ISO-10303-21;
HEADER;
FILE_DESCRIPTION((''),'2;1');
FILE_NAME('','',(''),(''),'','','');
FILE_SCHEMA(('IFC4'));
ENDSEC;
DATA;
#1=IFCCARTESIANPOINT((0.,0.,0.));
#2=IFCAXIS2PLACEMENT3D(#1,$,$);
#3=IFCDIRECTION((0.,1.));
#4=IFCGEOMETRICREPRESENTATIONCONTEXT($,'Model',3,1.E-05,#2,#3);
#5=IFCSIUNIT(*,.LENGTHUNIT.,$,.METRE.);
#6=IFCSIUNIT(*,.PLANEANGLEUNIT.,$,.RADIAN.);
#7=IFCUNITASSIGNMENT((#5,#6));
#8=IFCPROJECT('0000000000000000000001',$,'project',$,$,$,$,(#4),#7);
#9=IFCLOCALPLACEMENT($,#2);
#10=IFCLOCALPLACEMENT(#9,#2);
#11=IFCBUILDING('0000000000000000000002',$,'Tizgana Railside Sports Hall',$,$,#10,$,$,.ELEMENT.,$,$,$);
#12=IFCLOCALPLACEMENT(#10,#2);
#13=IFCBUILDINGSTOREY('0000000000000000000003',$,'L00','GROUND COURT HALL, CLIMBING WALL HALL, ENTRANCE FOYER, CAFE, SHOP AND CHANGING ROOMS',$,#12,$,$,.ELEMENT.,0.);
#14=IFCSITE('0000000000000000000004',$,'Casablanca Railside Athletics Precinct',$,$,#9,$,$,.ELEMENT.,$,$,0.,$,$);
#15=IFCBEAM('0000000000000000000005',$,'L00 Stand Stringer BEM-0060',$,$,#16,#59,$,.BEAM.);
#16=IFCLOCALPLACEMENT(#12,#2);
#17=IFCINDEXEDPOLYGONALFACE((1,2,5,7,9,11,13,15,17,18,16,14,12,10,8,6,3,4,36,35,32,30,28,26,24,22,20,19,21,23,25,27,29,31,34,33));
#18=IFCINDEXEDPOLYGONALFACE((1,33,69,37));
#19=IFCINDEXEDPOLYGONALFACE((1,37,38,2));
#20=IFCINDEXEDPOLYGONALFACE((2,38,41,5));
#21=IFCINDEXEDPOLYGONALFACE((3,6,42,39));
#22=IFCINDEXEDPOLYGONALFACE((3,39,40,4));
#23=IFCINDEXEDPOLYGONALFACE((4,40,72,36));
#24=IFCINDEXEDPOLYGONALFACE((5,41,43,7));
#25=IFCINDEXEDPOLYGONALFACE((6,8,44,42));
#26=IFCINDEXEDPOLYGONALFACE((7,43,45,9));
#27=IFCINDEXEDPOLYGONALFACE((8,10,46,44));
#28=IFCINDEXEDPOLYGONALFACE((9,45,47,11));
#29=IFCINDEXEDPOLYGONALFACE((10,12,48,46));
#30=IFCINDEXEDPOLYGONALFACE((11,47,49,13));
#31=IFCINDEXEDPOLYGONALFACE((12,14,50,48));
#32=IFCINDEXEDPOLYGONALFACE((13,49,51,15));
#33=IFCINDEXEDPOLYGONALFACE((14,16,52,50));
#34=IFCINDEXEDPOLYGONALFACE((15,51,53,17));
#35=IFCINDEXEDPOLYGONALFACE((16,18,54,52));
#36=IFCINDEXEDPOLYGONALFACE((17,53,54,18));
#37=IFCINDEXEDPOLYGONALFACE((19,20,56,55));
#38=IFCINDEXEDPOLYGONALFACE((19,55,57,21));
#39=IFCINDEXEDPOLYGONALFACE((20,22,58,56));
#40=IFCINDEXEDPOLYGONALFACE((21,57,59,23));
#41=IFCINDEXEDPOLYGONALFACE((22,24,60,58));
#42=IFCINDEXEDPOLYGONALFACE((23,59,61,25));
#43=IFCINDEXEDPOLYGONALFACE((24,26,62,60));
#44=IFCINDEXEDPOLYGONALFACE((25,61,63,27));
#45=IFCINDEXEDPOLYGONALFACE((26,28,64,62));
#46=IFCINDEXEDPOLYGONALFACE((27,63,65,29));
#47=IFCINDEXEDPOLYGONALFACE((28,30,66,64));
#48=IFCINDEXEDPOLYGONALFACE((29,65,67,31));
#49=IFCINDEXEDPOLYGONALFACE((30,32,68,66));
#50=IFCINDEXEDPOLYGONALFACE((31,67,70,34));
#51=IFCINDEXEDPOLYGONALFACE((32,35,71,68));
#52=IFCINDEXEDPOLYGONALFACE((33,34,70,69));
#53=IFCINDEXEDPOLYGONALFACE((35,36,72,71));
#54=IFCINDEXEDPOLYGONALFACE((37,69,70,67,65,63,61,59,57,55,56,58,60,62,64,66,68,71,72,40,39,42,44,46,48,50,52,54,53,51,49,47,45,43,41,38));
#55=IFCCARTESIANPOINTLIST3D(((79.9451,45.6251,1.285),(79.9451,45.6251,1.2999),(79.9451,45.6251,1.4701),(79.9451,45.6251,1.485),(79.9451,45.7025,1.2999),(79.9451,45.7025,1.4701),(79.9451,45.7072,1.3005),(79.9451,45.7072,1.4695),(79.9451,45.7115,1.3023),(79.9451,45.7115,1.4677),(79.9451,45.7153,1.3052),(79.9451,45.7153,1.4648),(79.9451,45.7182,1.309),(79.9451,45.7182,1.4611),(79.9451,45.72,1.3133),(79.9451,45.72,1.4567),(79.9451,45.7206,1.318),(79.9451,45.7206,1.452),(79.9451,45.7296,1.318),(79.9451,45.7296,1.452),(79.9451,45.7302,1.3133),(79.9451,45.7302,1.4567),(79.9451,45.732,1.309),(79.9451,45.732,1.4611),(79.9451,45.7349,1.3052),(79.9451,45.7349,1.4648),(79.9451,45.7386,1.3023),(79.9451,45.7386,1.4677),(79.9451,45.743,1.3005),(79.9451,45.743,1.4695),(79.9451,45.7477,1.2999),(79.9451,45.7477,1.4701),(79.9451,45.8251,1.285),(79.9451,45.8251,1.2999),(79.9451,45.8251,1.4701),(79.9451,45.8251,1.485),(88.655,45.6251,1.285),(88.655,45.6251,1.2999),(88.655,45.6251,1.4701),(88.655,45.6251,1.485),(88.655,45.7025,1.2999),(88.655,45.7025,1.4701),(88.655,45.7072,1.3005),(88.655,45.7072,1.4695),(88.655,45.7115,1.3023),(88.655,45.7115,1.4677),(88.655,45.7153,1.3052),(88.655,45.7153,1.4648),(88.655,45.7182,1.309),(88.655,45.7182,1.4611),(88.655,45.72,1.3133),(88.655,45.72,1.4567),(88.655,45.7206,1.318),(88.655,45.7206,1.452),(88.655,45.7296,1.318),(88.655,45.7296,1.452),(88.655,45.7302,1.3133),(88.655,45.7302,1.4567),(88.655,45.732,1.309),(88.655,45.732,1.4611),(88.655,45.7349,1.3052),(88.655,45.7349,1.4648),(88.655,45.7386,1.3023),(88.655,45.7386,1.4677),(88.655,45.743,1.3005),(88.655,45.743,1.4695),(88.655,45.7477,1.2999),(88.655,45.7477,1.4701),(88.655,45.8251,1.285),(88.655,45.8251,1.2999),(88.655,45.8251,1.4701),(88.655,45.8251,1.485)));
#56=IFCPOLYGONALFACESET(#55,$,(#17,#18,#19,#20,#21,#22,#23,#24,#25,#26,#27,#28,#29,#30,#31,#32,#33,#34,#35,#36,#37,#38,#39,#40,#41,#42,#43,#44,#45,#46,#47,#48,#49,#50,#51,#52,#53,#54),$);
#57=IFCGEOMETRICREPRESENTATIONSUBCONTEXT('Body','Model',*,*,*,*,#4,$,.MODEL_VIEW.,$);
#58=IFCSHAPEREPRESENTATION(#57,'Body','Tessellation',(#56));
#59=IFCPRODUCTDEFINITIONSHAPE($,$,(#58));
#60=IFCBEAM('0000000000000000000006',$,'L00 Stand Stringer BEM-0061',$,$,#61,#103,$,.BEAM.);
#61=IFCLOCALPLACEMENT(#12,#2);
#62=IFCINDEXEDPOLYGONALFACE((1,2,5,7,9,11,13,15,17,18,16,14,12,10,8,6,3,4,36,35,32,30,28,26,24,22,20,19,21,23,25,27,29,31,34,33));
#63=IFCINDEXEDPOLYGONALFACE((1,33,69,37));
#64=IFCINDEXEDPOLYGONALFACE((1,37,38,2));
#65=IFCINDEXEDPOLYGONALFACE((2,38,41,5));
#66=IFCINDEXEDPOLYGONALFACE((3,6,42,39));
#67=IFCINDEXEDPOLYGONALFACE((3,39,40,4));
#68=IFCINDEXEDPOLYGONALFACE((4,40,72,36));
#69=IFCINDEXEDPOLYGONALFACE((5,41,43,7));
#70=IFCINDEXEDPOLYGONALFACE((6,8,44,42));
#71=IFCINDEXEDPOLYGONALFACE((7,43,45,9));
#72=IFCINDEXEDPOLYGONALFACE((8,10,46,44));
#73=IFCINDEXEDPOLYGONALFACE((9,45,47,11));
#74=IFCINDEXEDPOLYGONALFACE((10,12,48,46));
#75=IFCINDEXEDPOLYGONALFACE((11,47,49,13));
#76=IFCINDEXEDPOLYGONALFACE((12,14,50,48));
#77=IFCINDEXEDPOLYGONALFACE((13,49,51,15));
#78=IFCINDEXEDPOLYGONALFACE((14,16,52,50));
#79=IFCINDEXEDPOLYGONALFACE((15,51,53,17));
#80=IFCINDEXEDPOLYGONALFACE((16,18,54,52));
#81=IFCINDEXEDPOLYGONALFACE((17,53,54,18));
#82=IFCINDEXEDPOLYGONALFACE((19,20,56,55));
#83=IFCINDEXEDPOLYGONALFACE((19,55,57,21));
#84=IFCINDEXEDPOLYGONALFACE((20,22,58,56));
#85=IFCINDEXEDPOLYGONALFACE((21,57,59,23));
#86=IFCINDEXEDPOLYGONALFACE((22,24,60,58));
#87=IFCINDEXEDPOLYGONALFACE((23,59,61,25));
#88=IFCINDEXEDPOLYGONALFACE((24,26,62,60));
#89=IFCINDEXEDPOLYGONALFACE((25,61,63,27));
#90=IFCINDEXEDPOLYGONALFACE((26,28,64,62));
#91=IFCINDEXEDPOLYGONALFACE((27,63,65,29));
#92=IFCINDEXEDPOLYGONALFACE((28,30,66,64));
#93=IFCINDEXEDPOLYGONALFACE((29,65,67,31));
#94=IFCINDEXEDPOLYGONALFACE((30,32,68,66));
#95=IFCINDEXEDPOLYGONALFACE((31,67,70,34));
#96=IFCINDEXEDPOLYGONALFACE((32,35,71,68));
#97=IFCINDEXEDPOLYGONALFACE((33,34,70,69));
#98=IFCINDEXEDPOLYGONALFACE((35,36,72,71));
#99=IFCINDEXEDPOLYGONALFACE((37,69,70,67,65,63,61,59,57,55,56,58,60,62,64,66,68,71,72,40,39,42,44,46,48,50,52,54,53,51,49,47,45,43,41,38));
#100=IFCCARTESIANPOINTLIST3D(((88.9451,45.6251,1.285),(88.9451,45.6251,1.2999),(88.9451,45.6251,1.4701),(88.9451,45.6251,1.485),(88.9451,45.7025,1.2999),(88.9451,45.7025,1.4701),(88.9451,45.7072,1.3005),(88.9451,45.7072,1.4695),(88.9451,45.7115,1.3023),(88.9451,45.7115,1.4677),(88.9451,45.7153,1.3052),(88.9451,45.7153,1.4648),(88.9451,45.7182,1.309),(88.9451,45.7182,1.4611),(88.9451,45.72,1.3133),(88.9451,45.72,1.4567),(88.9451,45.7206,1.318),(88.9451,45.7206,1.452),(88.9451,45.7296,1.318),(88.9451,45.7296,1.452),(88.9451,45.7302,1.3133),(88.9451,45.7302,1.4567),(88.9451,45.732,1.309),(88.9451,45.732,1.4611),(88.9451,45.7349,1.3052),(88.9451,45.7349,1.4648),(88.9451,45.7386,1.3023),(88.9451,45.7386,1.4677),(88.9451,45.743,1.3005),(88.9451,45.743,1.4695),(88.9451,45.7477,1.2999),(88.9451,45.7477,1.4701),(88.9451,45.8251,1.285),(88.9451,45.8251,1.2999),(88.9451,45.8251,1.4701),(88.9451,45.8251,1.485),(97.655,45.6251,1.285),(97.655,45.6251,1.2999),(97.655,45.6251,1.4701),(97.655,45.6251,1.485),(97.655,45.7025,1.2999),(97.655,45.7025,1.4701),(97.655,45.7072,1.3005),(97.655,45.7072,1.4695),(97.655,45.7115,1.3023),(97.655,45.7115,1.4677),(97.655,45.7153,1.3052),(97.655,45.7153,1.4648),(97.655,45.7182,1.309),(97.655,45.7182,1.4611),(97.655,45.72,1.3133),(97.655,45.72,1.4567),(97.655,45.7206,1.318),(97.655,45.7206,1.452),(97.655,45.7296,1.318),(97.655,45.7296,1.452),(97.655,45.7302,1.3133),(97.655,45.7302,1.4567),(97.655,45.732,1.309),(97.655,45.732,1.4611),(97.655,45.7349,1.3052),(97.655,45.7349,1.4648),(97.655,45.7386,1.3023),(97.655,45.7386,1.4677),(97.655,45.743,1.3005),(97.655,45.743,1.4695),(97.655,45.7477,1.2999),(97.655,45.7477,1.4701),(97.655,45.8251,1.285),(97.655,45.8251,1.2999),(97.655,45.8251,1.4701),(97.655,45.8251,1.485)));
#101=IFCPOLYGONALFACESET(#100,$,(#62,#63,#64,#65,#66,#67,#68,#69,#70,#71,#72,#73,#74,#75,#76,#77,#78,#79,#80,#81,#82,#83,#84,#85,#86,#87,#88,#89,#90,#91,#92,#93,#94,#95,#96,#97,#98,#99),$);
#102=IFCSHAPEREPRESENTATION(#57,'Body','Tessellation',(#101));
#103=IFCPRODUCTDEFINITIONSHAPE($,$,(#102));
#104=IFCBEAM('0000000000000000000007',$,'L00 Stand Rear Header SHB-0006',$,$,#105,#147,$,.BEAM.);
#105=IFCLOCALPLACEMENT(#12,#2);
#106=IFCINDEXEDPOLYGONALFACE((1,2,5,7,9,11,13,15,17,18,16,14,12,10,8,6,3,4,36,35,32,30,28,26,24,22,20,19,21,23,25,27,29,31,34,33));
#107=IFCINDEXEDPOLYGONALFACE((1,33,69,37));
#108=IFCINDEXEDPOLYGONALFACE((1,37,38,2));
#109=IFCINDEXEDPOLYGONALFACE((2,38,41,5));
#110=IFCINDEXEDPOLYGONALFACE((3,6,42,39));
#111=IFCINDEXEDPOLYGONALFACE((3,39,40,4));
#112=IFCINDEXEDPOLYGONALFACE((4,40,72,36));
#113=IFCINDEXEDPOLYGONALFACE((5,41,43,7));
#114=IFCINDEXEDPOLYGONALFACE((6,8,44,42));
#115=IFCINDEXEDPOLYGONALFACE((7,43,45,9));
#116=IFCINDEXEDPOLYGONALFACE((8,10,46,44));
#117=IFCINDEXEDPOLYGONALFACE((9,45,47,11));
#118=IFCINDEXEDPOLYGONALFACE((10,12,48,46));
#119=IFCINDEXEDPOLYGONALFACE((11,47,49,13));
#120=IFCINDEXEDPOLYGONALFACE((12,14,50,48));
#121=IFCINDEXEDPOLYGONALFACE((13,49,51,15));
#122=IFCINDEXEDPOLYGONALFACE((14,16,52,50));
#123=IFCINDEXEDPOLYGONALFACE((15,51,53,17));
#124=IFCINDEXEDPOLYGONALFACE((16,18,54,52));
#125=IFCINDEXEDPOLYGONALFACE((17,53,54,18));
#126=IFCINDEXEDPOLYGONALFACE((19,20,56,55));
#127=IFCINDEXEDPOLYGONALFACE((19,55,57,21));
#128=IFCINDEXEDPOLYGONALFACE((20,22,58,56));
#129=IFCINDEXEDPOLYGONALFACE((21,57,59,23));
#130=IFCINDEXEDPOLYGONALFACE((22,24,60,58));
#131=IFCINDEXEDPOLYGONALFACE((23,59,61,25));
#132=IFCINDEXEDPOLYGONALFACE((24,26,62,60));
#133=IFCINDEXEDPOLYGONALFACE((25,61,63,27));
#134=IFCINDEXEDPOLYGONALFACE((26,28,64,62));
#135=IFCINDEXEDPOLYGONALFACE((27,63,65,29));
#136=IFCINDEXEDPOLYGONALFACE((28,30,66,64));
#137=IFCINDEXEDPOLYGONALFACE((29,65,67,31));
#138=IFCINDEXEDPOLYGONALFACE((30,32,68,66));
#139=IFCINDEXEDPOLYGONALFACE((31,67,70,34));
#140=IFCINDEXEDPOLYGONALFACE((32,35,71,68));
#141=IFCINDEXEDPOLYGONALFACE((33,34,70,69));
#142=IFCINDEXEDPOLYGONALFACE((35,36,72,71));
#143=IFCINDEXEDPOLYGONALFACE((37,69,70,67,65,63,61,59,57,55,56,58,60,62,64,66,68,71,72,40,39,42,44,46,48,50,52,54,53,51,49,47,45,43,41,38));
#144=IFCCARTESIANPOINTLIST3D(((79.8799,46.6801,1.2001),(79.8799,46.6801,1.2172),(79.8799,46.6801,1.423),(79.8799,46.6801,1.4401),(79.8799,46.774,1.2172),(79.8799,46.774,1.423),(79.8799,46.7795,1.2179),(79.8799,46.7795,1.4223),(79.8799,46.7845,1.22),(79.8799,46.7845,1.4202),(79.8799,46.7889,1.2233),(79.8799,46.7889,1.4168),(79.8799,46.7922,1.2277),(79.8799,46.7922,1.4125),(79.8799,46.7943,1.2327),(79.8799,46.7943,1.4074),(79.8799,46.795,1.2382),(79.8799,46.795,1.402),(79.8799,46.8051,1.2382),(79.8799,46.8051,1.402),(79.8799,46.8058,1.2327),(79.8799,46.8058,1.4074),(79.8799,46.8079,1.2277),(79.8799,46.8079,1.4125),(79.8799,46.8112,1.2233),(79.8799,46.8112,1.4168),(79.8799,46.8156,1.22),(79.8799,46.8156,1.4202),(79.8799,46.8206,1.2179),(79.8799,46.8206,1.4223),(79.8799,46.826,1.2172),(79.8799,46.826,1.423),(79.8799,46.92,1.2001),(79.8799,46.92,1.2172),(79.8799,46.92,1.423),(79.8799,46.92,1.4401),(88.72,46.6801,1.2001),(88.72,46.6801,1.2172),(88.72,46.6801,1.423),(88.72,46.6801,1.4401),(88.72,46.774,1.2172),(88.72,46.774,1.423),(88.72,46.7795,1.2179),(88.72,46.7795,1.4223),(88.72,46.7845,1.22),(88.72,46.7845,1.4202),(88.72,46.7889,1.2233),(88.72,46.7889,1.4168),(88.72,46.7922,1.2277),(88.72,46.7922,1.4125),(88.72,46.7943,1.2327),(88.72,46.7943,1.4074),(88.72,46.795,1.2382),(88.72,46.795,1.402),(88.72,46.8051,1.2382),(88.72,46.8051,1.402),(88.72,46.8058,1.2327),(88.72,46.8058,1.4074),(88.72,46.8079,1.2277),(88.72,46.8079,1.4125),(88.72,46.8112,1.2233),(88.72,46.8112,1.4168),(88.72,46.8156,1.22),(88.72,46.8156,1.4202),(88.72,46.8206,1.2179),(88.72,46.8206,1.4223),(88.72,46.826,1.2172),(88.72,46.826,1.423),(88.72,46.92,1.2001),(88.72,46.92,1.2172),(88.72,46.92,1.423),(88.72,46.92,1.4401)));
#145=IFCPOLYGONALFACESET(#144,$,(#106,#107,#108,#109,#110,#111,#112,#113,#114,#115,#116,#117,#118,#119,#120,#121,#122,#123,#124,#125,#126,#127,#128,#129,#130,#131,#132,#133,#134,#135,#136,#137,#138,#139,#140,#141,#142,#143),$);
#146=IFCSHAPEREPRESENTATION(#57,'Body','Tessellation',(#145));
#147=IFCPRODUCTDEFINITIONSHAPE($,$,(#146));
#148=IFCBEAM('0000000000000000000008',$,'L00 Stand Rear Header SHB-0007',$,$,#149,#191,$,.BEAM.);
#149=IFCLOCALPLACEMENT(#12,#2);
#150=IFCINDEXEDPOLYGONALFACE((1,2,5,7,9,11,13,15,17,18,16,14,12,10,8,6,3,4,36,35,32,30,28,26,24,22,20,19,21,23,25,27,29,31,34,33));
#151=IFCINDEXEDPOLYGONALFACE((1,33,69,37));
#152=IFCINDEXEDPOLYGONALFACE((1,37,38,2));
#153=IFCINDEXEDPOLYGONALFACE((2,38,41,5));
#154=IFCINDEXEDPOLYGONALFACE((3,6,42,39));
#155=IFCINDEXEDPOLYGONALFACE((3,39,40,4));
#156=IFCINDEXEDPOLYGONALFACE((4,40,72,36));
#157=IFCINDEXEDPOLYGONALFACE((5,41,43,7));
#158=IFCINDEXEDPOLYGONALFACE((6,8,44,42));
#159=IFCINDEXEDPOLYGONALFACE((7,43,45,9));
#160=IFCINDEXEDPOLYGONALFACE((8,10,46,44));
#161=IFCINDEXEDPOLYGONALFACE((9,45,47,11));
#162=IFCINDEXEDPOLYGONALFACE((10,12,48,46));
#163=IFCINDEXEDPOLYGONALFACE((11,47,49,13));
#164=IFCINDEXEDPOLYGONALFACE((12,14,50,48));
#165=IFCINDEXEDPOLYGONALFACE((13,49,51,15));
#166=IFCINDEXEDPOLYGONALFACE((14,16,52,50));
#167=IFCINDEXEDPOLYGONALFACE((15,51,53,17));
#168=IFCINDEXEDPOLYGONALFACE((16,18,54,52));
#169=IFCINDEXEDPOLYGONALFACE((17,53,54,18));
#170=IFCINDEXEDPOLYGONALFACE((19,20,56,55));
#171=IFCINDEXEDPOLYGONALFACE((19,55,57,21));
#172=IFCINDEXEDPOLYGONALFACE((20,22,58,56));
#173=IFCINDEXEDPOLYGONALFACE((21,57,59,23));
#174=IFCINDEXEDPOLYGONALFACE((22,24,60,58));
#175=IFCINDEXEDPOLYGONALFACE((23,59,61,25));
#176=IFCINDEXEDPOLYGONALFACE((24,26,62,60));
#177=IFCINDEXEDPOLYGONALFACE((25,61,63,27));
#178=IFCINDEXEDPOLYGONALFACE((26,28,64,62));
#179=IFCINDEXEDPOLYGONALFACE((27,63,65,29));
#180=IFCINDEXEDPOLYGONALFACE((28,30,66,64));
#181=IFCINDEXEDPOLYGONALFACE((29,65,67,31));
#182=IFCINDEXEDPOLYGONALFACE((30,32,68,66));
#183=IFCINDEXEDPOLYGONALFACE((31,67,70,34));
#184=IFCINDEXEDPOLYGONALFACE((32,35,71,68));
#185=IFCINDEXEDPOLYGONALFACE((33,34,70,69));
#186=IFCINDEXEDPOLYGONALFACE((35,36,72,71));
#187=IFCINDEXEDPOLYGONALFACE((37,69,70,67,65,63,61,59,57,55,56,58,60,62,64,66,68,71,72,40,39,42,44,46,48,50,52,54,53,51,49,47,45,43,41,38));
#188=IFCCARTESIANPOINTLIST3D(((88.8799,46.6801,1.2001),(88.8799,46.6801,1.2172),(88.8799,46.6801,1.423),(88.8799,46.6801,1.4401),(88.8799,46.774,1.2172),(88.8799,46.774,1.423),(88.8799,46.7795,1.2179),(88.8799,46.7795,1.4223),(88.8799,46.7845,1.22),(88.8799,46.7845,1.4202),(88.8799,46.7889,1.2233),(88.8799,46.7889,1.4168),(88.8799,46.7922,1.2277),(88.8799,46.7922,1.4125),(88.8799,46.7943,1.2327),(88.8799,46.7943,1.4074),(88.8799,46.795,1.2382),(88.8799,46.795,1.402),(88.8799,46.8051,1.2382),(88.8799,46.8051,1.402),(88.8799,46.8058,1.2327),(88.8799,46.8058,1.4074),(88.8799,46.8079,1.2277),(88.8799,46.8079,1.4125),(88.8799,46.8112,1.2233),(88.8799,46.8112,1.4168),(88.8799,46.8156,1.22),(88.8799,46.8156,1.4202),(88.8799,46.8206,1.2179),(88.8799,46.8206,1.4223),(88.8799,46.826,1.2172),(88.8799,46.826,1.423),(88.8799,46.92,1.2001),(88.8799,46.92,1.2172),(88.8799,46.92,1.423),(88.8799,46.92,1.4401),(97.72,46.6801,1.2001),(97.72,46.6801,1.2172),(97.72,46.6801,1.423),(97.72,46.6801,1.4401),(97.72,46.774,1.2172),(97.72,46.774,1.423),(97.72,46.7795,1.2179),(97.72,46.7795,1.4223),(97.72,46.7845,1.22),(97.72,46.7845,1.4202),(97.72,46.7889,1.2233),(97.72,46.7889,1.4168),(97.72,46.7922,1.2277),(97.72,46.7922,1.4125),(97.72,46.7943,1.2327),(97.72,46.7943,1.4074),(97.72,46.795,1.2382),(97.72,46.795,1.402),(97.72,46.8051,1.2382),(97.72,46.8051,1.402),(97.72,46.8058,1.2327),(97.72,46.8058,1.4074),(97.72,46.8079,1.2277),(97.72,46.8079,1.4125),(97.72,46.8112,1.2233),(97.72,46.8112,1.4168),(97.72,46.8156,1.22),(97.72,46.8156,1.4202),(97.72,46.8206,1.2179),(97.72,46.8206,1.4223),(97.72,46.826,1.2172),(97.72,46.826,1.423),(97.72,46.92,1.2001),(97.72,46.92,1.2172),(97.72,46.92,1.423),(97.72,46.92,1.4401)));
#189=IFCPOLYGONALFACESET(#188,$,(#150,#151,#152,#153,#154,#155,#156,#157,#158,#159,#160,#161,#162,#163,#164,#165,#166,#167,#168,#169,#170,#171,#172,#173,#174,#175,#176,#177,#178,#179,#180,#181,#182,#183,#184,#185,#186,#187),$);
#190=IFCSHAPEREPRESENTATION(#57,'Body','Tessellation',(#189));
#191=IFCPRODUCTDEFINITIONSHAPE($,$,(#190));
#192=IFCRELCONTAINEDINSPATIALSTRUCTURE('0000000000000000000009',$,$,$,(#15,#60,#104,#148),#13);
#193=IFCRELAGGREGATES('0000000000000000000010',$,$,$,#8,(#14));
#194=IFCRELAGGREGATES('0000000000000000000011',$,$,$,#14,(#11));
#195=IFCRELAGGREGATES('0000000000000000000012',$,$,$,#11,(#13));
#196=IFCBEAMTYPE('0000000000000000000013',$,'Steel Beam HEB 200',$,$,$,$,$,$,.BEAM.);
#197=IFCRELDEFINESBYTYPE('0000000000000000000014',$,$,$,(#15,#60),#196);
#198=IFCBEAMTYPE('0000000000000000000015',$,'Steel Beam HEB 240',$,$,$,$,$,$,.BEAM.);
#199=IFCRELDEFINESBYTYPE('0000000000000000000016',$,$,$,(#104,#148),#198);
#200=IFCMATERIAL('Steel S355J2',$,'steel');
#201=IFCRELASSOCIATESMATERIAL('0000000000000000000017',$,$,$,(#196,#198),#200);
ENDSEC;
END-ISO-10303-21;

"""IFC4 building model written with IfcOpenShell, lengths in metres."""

from ifc_helpers import new_model, si_unit, direction, frame, origin, origin_2d, place, context, subcontext, project, spatial, i_section, extrude, material, material_profile, profile_set, type_object, element, save


model = new_model("IFC4")

# Units and contexts
model_context = context("Model", 3, precision=1e-05, world=origin(), true_north=direction((0.0, 1.0)))
body_context = subcontext(model_context, "Body", "Model", "MODEL_VIEW")
ifc_project = project(units=[si_unit("LENGTHUNIT", "METRE"), si_unit("PLANEANGLEUNIT", "RADIAN")], contexts=[model_context])

# Site, building, storey
site_placement = place(None, origin())
site = spatial("IfcSite", under=ifc_project, at=site_placement, Name="Casablanca Railside Athletics Precinct", CompositionType="ELEMENT", RefElevation=0.0)
building_placement = place(site_placement, origin())
building = spatial("IfcBuilding", under=site, at=building_placement, Name="Tizgana Railside Sports Hall", CompositionType="ELEMENT")
storey_placement = place(building_placement, origin())
storey = spatial("IfcBuildingStorey", under=building, at=storey_placement, Name="L00", Description="GROUND COURT HALL, CLIMBING WALL HALL, ENTRANCE FOYER, CAFE, SHOP AND CHANGING ROOMS", CompositionType="ELEMENT", Elevation=0.0)

# Beams
ifc_material_1 = material(Name="Steel S355J2", Category="steel")
ifc_material_profile_1 = material_profile(ifc_material_1, i_section(OverallWidth=0.2, OverallDepth=0.2, WebThickness=0.009, FlangeThickness=0.0149, FilletRadius=0.0181, at=origin_2d()), Name="HEB 200")
ifc_profile_set_1 = profile_set([ifc_material_profile_1], Name="Steel S355J2")
beam_type_1 = type_object("IfcBeamType", Name="Steel Beam HEB 200", PredefinedType="BEAM", material=ifc_profile_set_1)
for number, where, z_axis, x_axis, name in (
    (1, (79.9451, 45.7251, 1.385), (1.0, 0.0, 0.0), (0.0, 1.0, 0.0), "L00 Stand Stringer BEM-0060"),
    (2, (88.9451, 45.7251, 1.385), (1.0, 0.0, 0.0), (0.0, 1.0, 0.0), "L00 Stand Stringer BEM-0061"),
):
    element("IfcBeam", number, at=place(storey_placement, frame(where, z_axis=z_axis, x_axis=x_axis)), inside=storey, type_object=beam_type_1, Name=name, PredefinedType="BEAM", context=body_context, shape_type="SweptSolid", body=[
        extrude(i_section(OverallWidth=0.2, OverallDepth=0.2, WebThickness=0.009, FlangeThickness=0.0149, FilletRadius=0.0181, at=origin_2d()), origin(), (0.0, 0.0, 1.0), 8.71),
    ])
ifc_material_profile_2 = material_profile(ifc_material_1, i_section(OverallWidth=0.24, OverallDepth=0.24, WebThickness=0.01, FlangeThickness=0.0171, FilletRadius=0.021, at=origin_2d()), Name="HEB 240")
ifc_profile_set_2 = profile_set([ifc_material_profile_2], Name="Steel S355J2")
beam_type_2 = type_object("IfcBeamType", Name="Steel Beam HEB 240", PredefinedType="BEAM", material=ifc_profile_set_2)
for number, where, z_axis, x_axis, name in (
    (3, (79.8799, 46.8, 1.3201), (1.0, 0.0, 0.0), (0.0, 1.0, 0.0), "L00 Stand Rear Header SHB-0006"),
    (4, (88.8799, 46.8, 1.3201), (1.0, 0.0, 0.0), (0.0, 1.0, 0.0), "L00 Stand Rear Header SHB-0007"),
):
    element("IfcBeam", number, at=place(storey_placement, frame(where, z_axis=z_axis, x_axis=x_axis)), inside=storey, type_object=beam_type_2, Name=name, PredefinedType="BEAM", context=body_context, shape_type="SweptSolid", body=[
        extrude(i_section(OverallWidth=0.24, OverallDepth=0.24, WebThickness=0.01, FlangeThickness=0.0171, FilletRadius=0.021, at=origin_2d()), origin(), (0.0, 0.0, 1.0), 8.8401),
    ])

save(model, "model.ifc")
